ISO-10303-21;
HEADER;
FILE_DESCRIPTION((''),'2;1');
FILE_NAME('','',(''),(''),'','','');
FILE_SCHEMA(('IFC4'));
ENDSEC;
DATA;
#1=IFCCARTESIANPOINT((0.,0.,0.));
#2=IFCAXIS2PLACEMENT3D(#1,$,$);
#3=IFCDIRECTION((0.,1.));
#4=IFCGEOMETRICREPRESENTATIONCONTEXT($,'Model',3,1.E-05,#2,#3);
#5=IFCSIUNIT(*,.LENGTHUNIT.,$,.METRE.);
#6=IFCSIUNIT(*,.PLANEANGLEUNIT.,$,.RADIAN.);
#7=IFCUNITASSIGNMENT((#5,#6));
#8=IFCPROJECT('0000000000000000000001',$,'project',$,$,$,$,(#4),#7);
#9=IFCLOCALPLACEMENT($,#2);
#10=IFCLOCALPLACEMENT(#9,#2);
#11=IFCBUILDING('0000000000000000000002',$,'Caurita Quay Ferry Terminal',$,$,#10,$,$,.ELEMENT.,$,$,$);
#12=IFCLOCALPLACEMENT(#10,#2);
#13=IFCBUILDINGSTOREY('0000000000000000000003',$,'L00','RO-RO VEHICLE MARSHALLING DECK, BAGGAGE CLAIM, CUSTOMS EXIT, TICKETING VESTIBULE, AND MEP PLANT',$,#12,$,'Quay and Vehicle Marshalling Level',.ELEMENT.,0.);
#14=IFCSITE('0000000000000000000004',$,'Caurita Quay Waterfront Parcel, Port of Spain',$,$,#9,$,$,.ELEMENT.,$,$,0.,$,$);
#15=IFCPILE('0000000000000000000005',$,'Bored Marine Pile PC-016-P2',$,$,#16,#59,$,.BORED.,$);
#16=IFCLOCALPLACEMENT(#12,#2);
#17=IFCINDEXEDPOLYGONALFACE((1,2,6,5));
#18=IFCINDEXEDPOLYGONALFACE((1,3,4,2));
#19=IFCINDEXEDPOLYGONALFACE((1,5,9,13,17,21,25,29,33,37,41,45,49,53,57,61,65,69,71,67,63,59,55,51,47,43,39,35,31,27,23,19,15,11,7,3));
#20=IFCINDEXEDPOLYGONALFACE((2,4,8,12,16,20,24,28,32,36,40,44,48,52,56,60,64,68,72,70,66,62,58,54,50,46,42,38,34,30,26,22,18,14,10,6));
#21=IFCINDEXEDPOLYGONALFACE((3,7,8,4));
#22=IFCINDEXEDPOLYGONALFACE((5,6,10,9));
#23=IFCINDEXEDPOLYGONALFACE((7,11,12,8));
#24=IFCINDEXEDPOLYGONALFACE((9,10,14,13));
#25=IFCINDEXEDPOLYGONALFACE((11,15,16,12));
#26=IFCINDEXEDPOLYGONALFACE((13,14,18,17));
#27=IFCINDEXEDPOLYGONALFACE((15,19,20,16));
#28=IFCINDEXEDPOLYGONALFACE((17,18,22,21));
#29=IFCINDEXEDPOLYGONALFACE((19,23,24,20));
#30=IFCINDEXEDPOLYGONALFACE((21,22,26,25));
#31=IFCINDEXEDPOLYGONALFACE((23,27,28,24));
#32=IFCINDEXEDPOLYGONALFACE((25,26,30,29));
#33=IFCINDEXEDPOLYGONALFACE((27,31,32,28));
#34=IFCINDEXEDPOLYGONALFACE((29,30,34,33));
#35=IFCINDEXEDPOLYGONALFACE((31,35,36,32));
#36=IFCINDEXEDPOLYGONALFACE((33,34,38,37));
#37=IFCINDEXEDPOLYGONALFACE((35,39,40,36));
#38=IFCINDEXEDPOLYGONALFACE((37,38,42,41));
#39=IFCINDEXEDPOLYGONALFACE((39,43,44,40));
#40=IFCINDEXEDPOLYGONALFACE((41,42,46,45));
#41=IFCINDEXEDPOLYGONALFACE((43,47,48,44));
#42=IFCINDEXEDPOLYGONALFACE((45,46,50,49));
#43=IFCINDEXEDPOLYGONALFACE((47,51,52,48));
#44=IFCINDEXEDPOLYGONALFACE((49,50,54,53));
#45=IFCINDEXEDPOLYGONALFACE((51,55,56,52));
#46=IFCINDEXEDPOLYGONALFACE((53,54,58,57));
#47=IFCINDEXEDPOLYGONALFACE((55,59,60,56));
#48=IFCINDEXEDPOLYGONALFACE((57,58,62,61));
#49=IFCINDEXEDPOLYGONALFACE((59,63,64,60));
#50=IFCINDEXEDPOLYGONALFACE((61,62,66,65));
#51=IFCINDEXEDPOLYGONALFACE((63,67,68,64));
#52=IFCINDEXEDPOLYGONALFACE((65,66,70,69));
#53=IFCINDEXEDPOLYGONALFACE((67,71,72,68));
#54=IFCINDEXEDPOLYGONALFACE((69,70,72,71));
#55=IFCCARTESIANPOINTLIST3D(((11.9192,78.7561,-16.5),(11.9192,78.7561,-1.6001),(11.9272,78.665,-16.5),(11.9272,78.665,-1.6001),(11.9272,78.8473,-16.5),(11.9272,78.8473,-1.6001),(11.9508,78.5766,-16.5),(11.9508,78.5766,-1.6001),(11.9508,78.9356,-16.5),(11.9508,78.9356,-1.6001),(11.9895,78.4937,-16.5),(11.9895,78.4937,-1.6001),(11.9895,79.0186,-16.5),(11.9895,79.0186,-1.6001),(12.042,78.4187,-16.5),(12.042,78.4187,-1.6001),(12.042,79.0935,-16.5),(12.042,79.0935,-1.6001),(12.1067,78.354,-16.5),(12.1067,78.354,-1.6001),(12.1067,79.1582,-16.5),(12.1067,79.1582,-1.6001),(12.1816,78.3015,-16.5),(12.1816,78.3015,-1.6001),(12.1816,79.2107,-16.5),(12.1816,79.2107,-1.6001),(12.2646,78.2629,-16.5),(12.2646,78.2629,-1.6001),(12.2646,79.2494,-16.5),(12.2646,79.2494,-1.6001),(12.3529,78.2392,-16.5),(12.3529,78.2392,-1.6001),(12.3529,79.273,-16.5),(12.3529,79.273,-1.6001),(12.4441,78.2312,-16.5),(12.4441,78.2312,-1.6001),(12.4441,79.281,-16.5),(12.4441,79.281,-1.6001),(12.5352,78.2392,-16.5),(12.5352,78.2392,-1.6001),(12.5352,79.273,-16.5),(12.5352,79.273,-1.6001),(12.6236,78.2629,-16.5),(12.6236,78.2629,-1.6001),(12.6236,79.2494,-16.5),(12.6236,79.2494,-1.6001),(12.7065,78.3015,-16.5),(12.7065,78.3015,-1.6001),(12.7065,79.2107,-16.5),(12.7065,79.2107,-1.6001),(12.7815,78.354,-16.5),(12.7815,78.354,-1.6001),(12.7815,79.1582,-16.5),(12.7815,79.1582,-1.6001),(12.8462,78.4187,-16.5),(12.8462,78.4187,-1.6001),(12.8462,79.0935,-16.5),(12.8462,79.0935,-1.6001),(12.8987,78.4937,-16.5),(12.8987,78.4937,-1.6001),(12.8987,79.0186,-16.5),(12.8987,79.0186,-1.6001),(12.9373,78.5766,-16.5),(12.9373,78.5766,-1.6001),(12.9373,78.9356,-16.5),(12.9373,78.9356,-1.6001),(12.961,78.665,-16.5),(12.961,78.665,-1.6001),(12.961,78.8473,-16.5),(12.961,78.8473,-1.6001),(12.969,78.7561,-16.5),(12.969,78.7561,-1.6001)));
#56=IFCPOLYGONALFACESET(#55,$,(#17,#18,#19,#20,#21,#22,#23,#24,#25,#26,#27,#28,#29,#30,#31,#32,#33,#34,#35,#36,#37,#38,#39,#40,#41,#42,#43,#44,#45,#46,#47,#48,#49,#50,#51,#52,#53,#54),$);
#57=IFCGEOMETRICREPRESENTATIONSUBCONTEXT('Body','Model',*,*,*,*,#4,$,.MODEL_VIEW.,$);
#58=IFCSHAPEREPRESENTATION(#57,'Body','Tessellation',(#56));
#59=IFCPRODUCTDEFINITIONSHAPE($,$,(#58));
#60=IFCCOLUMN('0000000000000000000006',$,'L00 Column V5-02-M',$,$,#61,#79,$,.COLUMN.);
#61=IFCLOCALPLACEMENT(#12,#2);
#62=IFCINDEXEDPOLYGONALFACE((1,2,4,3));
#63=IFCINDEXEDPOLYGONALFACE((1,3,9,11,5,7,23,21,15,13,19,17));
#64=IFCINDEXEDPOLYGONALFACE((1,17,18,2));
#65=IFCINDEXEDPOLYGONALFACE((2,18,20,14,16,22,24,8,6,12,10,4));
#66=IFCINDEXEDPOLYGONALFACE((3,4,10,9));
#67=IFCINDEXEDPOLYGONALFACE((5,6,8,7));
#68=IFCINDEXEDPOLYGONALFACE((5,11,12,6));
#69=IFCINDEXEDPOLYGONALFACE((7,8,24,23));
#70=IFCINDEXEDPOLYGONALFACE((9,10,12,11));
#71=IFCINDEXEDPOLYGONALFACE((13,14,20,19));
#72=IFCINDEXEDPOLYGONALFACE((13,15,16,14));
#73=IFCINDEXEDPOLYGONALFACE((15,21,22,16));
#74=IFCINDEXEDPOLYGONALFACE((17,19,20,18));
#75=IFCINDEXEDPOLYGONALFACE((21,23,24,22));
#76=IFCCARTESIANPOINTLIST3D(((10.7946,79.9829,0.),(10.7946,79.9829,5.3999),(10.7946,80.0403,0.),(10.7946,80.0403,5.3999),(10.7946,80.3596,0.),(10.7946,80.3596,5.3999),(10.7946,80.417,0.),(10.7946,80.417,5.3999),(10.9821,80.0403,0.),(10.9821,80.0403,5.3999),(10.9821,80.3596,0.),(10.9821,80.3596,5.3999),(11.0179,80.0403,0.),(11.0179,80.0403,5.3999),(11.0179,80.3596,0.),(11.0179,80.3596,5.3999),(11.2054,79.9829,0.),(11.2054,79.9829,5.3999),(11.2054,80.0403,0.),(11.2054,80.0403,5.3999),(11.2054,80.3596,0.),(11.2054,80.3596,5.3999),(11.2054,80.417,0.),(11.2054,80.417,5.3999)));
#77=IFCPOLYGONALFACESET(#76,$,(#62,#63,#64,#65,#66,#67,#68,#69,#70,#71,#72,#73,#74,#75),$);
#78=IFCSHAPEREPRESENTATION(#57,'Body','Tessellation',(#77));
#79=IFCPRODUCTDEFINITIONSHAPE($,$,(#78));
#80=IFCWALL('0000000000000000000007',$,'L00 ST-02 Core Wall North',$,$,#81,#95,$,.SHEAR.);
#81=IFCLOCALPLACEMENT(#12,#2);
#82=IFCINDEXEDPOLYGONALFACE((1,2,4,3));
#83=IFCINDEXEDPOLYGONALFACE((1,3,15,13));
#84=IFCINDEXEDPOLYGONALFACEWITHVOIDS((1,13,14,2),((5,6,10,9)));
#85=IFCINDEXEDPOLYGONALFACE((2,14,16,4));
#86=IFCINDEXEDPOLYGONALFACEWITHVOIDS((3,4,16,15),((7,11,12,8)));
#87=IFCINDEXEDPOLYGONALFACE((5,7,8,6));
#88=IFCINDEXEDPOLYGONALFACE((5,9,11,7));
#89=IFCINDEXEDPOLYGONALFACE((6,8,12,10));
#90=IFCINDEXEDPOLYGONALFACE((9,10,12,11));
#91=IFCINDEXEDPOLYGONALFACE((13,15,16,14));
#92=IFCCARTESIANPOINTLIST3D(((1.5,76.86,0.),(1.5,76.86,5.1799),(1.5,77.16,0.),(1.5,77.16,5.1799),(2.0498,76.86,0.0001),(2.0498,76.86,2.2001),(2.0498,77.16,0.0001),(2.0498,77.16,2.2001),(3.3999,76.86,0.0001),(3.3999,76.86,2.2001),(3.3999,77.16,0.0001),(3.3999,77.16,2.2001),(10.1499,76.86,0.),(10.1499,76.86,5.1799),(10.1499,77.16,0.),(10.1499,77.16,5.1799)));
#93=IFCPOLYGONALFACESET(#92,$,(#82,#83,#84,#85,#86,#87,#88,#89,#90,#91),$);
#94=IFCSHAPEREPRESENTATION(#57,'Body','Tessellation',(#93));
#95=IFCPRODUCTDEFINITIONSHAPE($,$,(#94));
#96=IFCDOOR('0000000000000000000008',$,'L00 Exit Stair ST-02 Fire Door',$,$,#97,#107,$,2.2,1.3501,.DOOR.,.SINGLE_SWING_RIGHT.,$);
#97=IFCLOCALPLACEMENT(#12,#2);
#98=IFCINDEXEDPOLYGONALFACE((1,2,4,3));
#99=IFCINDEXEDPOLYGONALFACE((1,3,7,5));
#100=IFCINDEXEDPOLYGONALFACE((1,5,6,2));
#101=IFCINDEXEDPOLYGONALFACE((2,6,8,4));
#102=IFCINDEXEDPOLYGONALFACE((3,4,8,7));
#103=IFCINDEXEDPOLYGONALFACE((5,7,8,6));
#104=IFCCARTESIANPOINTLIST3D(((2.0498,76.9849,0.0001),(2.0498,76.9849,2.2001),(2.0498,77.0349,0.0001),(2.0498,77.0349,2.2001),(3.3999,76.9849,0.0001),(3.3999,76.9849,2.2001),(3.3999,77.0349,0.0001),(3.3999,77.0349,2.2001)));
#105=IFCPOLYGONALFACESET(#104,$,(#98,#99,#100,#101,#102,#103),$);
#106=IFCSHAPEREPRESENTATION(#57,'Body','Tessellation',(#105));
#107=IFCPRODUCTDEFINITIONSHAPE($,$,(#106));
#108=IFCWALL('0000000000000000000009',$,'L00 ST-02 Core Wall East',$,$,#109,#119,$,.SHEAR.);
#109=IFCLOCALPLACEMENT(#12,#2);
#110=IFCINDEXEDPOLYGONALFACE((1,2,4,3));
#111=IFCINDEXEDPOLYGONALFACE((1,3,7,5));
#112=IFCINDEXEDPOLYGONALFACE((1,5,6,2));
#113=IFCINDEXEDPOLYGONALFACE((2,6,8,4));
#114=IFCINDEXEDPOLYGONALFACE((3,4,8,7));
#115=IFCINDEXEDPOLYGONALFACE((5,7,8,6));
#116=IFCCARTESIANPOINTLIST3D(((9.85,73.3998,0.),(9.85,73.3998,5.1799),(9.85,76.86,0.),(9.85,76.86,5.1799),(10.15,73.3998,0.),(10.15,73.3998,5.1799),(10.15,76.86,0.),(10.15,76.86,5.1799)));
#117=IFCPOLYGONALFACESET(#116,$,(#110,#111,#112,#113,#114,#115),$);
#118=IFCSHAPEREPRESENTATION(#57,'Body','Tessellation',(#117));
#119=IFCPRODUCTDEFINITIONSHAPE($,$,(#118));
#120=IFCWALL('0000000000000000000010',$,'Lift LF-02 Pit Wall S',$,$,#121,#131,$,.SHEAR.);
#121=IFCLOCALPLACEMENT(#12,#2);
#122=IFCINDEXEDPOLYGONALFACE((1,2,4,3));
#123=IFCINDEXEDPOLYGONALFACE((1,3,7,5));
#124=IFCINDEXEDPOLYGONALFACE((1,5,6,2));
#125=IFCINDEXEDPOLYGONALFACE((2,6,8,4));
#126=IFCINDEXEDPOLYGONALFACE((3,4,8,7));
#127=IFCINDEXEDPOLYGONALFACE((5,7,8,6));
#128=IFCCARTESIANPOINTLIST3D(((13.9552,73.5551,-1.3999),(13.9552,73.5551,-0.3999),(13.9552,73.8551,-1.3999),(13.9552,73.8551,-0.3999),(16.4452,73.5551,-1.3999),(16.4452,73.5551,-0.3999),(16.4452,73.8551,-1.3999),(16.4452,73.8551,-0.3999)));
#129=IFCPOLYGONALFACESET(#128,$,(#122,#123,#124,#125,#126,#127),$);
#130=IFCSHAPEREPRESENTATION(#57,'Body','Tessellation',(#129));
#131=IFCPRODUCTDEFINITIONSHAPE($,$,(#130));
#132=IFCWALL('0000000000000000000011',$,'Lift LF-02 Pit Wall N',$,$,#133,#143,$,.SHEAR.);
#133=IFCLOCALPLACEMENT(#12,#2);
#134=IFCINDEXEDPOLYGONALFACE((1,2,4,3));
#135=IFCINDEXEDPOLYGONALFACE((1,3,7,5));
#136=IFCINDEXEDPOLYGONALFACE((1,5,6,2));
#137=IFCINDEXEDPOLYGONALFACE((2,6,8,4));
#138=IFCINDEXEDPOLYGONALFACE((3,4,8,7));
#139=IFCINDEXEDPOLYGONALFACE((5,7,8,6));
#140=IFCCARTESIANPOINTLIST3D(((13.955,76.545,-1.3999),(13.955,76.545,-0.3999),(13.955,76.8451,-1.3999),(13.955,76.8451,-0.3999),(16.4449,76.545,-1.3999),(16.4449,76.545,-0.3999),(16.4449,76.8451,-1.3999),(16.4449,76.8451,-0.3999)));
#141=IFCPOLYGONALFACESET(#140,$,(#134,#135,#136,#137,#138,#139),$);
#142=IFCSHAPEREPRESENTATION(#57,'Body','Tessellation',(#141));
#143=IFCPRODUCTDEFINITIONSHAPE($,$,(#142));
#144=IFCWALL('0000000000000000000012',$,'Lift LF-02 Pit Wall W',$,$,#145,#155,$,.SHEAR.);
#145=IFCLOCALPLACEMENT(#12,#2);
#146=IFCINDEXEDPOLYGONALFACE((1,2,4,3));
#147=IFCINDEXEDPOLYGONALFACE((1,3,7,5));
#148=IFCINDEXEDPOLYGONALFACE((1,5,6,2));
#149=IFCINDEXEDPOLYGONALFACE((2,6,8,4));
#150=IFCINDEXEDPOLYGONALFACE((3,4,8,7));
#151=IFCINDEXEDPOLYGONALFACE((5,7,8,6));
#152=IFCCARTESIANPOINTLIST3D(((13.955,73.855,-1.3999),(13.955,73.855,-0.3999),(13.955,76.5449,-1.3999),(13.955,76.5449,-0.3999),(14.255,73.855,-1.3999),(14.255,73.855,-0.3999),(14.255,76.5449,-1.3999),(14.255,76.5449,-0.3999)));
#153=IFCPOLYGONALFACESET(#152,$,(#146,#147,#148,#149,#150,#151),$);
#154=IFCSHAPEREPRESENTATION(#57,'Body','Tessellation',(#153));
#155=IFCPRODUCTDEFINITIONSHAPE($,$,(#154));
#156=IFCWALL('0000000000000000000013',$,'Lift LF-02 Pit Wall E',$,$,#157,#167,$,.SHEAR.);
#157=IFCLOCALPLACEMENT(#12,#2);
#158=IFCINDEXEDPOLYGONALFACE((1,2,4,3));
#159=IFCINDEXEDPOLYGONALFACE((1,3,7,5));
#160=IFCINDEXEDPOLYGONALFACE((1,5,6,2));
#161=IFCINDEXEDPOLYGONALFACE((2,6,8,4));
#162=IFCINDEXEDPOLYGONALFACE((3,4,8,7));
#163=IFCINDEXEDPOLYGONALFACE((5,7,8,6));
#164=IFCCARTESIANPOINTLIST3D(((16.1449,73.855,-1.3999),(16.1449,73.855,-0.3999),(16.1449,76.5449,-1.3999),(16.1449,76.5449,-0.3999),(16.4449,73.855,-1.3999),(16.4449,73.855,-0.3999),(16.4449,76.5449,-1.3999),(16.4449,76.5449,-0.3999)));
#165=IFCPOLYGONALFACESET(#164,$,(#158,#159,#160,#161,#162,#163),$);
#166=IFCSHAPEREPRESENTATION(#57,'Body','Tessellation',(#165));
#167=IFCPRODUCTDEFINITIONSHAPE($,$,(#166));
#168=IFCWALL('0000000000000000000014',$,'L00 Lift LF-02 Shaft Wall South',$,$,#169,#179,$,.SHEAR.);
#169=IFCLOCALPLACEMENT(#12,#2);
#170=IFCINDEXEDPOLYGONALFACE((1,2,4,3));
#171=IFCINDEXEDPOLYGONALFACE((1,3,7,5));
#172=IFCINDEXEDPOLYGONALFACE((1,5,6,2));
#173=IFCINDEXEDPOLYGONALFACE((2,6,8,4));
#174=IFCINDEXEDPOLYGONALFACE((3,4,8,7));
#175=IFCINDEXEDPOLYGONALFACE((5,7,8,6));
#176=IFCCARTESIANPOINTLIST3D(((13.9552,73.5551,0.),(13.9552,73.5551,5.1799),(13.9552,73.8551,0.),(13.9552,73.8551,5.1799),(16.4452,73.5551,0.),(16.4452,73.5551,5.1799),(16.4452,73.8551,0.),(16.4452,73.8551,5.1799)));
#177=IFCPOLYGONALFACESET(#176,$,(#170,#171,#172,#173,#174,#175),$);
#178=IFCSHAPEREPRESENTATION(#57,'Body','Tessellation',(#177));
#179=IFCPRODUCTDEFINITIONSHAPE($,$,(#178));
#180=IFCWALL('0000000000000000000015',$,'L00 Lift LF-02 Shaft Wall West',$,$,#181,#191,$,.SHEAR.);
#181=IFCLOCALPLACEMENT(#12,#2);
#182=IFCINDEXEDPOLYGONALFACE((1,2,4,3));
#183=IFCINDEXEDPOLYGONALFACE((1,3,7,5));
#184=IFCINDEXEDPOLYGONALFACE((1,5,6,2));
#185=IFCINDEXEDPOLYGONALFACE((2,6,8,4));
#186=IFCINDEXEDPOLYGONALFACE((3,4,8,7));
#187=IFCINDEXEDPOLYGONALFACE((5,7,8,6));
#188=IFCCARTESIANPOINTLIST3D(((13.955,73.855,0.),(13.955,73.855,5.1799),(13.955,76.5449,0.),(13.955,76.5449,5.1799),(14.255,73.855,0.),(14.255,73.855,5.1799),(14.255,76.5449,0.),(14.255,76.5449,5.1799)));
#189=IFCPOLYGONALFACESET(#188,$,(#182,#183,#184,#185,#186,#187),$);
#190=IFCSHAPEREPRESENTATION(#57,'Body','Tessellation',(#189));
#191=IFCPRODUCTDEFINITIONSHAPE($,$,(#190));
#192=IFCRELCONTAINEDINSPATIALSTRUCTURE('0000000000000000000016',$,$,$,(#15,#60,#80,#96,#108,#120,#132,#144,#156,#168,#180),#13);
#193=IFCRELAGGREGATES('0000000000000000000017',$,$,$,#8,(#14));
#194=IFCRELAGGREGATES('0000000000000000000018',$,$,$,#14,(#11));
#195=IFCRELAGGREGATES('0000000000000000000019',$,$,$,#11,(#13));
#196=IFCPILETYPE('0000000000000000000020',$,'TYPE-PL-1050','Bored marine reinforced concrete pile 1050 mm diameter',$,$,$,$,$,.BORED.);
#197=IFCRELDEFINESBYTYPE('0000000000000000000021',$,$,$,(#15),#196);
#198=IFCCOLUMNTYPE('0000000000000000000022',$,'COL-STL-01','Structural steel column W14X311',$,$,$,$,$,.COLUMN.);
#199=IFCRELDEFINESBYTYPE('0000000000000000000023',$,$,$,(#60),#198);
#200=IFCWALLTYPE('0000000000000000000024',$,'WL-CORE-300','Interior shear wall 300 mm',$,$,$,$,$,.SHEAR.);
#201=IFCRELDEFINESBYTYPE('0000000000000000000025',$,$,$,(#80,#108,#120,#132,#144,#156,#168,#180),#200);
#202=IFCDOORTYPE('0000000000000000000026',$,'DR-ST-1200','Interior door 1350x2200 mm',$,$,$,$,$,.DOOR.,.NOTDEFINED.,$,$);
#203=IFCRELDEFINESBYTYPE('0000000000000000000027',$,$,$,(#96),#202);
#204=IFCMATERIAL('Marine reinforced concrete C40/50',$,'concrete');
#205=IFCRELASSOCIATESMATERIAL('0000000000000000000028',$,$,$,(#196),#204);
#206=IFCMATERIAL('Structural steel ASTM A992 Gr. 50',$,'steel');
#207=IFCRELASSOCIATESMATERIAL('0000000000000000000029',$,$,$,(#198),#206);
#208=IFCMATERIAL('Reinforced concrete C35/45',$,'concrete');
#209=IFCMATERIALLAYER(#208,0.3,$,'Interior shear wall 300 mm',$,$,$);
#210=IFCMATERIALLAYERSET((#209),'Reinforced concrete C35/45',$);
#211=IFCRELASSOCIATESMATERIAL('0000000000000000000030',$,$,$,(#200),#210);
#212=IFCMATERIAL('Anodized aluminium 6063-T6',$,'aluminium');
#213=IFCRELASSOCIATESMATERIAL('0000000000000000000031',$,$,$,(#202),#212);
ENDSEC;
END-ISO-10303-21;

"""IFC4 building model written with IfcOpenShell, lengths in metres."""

from ifc_helpers import new_model, si_unit, direction, frame, frame_2d, origin, origin_2d, place, context, subcontext, project, spatial, rectangle, circle, i_section, extrude, material, layer, layer_set, material_profile, profile_set, type_object, element, fill, save


model = new_model("IFC4")

# Units and contexts
model_context = context("Model", 3, precision=1e-05, world=origin(), true_north=direction((0.0, 1.0)))
body_context = subcontext(model_context, "Body", "Model", "MODEL_VIEW")
ifc_project = project(units=[si_unit("LENGTHUNIT", "METRE"), si_unit("PLANEANGLEUNIT", "RADIAN")], contexts=[model_context])

# Site, building, storey
site_placement = place(None, origin())
site = spatial("IfcSite", under=ifc_project, at=site_placement, Name="Caurita Quay Waterfront Parcel, Port of Spain", CompositionType="ELEMENT", RefElevation=0.0)
building_placement = place(site_placement, origin())
building = spatial("IfcBuilding", under=site, at=building_placement, Name="Caurita Quay Ferry Terminal", CompositionType="ELEMENT")
storey_placement = place(building_placement, origin())
storey = spatial("IfcBuildingStorey", under=building, at=storey_placement, Name="L00", Description="RO-RO VEHICLE MARSHALLING DECK, BAGGAGE CLAIM, CUSTOMS EXIT, TICKETING VESTIBULE, AND MEP PLANT", LongName="Quay and Vehicle Marshalling Level", CompositionType="ELEMENT", Elevation=0.0)

# Pile
ifc_material_1 = material(Name="Marine reinforced concrete C40/50", Category="concrete")
ifc_material_profile_1 = material_profile(ifc_material_1, circle(Radius=0.5249, at=origin_2d()), Name="PILE-D1050")
ifc_profile_set_1 = profile_set([ifc_material_profile_1], Name="Marine reinforced concrete C40/50")
pile_type = type_object("IfcPileType", Name="TYPE-PL-1050", Description="Bored marine reinforced concrete pile 1050 mm diameter", PredefinedType="BORED", material=ifc_profile_set_1)
for number, where, z_axis, x_axis, name in (
    (1, (12.4441, 78.7561, -1.6001), (0.0, 0.0, -1.0), (1.0, 0.0, 0.0), "Bored Marine Pile PC-016-P2"),
):
    element("IfcPile", number, at=place(storey_placement, frame(where, z_axis=z_axis, x_axis=x_axis)), inside=storey, type_object=pile_type, Name=name, PredefinedType="BORED", context=body_context, shape_type="SweptSolid", body=[
        extrude(circle(Radius=0.5249, at=origin_2d()), origin(), (0.0, 0.0, 1.0), 14.8999),
    ])

# Column
ifc_material_2 = material(Name="Structural steel ASTM A992 Gr. 50", Category="steel")
ifc_material_profile_2 = material_profile(ifc_material_2, i_section(OverallWidth=0.4109, OverallDepth=0.4341, WebThickness=0.0359, FlangeThickness=0.0574, at=origin_2d()), Name="W14X311")
ifc_profile_set_2 = profile_set([ifc_material_profile_2], Name="Structural steel ASTM A992 Gr. 50")
column_type = type_object("IfcColumnType", Name="COL-STL-01", Description="Structural steel column W14X311", PredefinedType="COLUMN", material=ifc_profile_set_2)
column_placement = place(storey_placement, frame((11.0, 80.2, 0.0), z_axis=(0.0, 0.0, 1.0), x_axis=(1.0, 0.0, 0.0)))
element("IfcColumn", 2, at=column_placement, inside=storey, type_object=column_type, Name="L00 Column V5-02-M", PredefinedType="COLUMN", context=body_context, shape_type="SweptSolid", body=[
    extrude(i_section(OverallWidth=0.4109, OverallDepth=0.4341, WebThickness=0.0359, FlangeThickness=0.0574, at=origin_2d()), origin(), (0.0, 0.0, 1.0), 5.3999),
])

# Wall, opening, door
ifc_material_3 = material(Name="Reinforced concrete C35/45", Category="concrete")
ifc_layer_1 = layer(ifc_material_3, 0.3, Name="Interior shear wall 300 mm")
ifc_layer_set_1 = layer_set([ifc_layer_1], Name="Reinforced concrete C35/45")
wall_type_1 = type_object("IfcWallType", Name="WL-CORE-300", Description="Interior shear wall 300 mm", PredefinedType="SHEAR", material=ifc_layer_set_1)
wall_1_placement = place(storey_placement, frame((10.1499, 77.01, 0.0), z_axis=(0.0, 0.0, 1.0), x_axis=(-1.0, 0.0, 0.0)))
wall_1 = element("IfcWall", 3, at=wall_1_placement, inside=storey, type_object=wall_type_1, Name="L00 ST-02 Core Wall North", PredefinedType="SHEAR", context=body_context, shape_type="SweptSolid", body=[
    extrude(rectangle(XDim=8.6499, YDim=0.3, at=frame_2d((4.325, 0.0))), origin(), (0.0, 0.0, 1.0), 5.1799),
])
opening_1_placement = place(wall_1_placement, frame((6.75, 0.0, 0.0)))
opening_1 = element("IfcOpeningElement", 4, at=opening_1_placement, cuts=wall_1, PredefinedType="OPENING", context=body_context, shape_type="SweptSolid", body=[
    extrude(rectangle(XDim=1.3501, YDim=2.2, at=frame_2d((0.675, 1.1001))), frame((0.0, 0.1599, 0.0), z_axis=(0.0, -1.0, 0.0), x_axis=(1.0, 0.0, 0.0)), (0.0, 0.0, 1.0), 0.3201),
])
ifc_material_4 = material(Name="Anodized aluminium 6063-T6", Category="aluminium")
door_type_1 = type_object("IfcDoorType", Name="DR-ST-1200", Description="Interior door 1350x2200 mm", OperationType="NOTDEFINED", PredefinedType="DOOR", material=ifc_material_4)
door_1_placement = place(opening_1_placement, frame((1.3501, 0.0, 0.0), z_axis=(0.0, 0.0, 1.0), x_axis=(-1.0, 0.0, 0.0)))
door_1 = element("IfcDoor", 5, at=door_1_placement, inside=storey, type_object=door_type_1, Name="L00 Exit Stair ST-02 Fire Door", OperationType="SINGLE_SWING_RIGHT", OverallHeight=2.2, OverallWidth=1.3501, PredefinedType="DOOR", context=body_context, shape_type="SweptSolid", body=[
    extrude(rectangle(XDim=1.3501, YDim=2.2, at=frame_2d((0.675, 1.1001))), frame((0.0, 0.0249, 0.0), z_axis=(0.0, -1.0, 0.0), x_axis=(1.0, 0.0, 0.0)), (0.0, 0.0, 1.0), 0.05),
])
fill(opening_1, door_1)

# Walls
wall_2_placement = place(storey_placement, frame((10.0, 73.3999, 0.0), z_axis=(0.0, 0.0, 1.0), x_axis=(0.0, 1.0, 0.0)))
element("IfcWall", 6, at=wall_2_placement, inside=storey, type_object=wall_type_1, Name="L00 ST-02 Core Wall East", PredefinedType="SHEAR", context=body_context, shape_type="SweptSolid", body=[
    extrude(rectangle(XDim=3.4602, YDim=0.3, at=frame_2d((1.73, 0.0))), origin(), (0.0, 0.0, 1.0), 5.1799),
])
for number, where, z_axis, x_axis, name in (
    (7, (13.9551, 73.7051, -1.3999), (0.0, 0.0, 1.0), (1.0, 0.0, 0.0), "Lift LF-02 Pit Wall S"),
    (8, (16.4451, 76.6951, -1.3999), (0.0, 0.0, 1.0), (-1.0, 0.0, 0.0), "Lift LF-02 Pit Wall N"),
):
    element("IfcWall", number, at=place(storey_placement, frame(where, z_axis=z_axis, x_axis=x_axis)), inside=storey, type_object=wall_type_1, Name=name, PredefinedType="SHEAR", context=body_context, shape_type="SweptSolid", body=[
        extrude(rectangle(XDim=2.49, YDim=0.3, at=frame_2d((1.2451, 0.0))), origin(), (0.0, 0.0, 1.0), 1.0),
    ])
for number, where, z_axis, x_axis, name in (
    (9, (14.105, 76.5449, -1.3999), (0.0, 0.0, 1.0), (0.0, -1.0, 0.0), "Lift LF-02 Pit Wall W"),
    (10, (16.2949, 73.855, -1.3999), (0.0, 0.0, 1.0), (0.0, 1.0, 0.0), "Lift LF-02 Pit Wall E"),
):
    element("IfcWall", number, at=place(storey_placement, frame(where, z_axis=z_axis, x_axis=x_axis)), inside=storey, type_object=wall_type_1, Name=name, PredefinedType="SHEAR", context=body_context, shape_type="SweptSolid", body=[
        extrude(rectangle(XDim=2.6899, YDim=0.3, at=frame_2d((1.345, 0.0))), origin(), (0.0, 0.0, 1.0), 1.0),
    ])
wall_3_placement = place(storey_placement, frame((13.9551, 73.7051, 0.0), z_axis=(0.0, 0.0, 1.0), x_axis=(1.0, 0.0, 0.0)))
element("IfcWall", 11, at=wall_3_placement, inside=storey, type_object=wall_type_1, Name="L00 Lift LF-02 Shaft Wall South", PredefinedType="SHEAR", context=body_context, shape_type="SweptSolid", body=[
    extrude(rectangle(XDim=2.49, YDim=0.3, at=frame_2d((1.2451, 0.0))), origin(), (0.0, 0.0, 1.0), 5.1799),
])

# Wall
for number, where, z_axis, x_axis, name in (
    (12, (14.105, 76.5449, 0.0), (0.0, 0.0, 1.0), (0.0, -1.0, 0.0), "L00 Lift LF-02 Shaft Wall West"),
):
    element("IfcWall", number, at=place(storey_placement, frame(where, z_axis=z_axis, x_axis=x_axis)), inside=storey, type_object=wall_type_1, Name=name, PredefinedType="SHEAR", context=body_context, shape_type="SweptSolid", body=[
        extrude(rectangle(XDim=2.6899, YDim=0.3, at=frame_2d((1.345, 0.0))), origin(), (0.0, 0.0, 1.0), 5.1799),
    ])

save(model, "model.ifc")
